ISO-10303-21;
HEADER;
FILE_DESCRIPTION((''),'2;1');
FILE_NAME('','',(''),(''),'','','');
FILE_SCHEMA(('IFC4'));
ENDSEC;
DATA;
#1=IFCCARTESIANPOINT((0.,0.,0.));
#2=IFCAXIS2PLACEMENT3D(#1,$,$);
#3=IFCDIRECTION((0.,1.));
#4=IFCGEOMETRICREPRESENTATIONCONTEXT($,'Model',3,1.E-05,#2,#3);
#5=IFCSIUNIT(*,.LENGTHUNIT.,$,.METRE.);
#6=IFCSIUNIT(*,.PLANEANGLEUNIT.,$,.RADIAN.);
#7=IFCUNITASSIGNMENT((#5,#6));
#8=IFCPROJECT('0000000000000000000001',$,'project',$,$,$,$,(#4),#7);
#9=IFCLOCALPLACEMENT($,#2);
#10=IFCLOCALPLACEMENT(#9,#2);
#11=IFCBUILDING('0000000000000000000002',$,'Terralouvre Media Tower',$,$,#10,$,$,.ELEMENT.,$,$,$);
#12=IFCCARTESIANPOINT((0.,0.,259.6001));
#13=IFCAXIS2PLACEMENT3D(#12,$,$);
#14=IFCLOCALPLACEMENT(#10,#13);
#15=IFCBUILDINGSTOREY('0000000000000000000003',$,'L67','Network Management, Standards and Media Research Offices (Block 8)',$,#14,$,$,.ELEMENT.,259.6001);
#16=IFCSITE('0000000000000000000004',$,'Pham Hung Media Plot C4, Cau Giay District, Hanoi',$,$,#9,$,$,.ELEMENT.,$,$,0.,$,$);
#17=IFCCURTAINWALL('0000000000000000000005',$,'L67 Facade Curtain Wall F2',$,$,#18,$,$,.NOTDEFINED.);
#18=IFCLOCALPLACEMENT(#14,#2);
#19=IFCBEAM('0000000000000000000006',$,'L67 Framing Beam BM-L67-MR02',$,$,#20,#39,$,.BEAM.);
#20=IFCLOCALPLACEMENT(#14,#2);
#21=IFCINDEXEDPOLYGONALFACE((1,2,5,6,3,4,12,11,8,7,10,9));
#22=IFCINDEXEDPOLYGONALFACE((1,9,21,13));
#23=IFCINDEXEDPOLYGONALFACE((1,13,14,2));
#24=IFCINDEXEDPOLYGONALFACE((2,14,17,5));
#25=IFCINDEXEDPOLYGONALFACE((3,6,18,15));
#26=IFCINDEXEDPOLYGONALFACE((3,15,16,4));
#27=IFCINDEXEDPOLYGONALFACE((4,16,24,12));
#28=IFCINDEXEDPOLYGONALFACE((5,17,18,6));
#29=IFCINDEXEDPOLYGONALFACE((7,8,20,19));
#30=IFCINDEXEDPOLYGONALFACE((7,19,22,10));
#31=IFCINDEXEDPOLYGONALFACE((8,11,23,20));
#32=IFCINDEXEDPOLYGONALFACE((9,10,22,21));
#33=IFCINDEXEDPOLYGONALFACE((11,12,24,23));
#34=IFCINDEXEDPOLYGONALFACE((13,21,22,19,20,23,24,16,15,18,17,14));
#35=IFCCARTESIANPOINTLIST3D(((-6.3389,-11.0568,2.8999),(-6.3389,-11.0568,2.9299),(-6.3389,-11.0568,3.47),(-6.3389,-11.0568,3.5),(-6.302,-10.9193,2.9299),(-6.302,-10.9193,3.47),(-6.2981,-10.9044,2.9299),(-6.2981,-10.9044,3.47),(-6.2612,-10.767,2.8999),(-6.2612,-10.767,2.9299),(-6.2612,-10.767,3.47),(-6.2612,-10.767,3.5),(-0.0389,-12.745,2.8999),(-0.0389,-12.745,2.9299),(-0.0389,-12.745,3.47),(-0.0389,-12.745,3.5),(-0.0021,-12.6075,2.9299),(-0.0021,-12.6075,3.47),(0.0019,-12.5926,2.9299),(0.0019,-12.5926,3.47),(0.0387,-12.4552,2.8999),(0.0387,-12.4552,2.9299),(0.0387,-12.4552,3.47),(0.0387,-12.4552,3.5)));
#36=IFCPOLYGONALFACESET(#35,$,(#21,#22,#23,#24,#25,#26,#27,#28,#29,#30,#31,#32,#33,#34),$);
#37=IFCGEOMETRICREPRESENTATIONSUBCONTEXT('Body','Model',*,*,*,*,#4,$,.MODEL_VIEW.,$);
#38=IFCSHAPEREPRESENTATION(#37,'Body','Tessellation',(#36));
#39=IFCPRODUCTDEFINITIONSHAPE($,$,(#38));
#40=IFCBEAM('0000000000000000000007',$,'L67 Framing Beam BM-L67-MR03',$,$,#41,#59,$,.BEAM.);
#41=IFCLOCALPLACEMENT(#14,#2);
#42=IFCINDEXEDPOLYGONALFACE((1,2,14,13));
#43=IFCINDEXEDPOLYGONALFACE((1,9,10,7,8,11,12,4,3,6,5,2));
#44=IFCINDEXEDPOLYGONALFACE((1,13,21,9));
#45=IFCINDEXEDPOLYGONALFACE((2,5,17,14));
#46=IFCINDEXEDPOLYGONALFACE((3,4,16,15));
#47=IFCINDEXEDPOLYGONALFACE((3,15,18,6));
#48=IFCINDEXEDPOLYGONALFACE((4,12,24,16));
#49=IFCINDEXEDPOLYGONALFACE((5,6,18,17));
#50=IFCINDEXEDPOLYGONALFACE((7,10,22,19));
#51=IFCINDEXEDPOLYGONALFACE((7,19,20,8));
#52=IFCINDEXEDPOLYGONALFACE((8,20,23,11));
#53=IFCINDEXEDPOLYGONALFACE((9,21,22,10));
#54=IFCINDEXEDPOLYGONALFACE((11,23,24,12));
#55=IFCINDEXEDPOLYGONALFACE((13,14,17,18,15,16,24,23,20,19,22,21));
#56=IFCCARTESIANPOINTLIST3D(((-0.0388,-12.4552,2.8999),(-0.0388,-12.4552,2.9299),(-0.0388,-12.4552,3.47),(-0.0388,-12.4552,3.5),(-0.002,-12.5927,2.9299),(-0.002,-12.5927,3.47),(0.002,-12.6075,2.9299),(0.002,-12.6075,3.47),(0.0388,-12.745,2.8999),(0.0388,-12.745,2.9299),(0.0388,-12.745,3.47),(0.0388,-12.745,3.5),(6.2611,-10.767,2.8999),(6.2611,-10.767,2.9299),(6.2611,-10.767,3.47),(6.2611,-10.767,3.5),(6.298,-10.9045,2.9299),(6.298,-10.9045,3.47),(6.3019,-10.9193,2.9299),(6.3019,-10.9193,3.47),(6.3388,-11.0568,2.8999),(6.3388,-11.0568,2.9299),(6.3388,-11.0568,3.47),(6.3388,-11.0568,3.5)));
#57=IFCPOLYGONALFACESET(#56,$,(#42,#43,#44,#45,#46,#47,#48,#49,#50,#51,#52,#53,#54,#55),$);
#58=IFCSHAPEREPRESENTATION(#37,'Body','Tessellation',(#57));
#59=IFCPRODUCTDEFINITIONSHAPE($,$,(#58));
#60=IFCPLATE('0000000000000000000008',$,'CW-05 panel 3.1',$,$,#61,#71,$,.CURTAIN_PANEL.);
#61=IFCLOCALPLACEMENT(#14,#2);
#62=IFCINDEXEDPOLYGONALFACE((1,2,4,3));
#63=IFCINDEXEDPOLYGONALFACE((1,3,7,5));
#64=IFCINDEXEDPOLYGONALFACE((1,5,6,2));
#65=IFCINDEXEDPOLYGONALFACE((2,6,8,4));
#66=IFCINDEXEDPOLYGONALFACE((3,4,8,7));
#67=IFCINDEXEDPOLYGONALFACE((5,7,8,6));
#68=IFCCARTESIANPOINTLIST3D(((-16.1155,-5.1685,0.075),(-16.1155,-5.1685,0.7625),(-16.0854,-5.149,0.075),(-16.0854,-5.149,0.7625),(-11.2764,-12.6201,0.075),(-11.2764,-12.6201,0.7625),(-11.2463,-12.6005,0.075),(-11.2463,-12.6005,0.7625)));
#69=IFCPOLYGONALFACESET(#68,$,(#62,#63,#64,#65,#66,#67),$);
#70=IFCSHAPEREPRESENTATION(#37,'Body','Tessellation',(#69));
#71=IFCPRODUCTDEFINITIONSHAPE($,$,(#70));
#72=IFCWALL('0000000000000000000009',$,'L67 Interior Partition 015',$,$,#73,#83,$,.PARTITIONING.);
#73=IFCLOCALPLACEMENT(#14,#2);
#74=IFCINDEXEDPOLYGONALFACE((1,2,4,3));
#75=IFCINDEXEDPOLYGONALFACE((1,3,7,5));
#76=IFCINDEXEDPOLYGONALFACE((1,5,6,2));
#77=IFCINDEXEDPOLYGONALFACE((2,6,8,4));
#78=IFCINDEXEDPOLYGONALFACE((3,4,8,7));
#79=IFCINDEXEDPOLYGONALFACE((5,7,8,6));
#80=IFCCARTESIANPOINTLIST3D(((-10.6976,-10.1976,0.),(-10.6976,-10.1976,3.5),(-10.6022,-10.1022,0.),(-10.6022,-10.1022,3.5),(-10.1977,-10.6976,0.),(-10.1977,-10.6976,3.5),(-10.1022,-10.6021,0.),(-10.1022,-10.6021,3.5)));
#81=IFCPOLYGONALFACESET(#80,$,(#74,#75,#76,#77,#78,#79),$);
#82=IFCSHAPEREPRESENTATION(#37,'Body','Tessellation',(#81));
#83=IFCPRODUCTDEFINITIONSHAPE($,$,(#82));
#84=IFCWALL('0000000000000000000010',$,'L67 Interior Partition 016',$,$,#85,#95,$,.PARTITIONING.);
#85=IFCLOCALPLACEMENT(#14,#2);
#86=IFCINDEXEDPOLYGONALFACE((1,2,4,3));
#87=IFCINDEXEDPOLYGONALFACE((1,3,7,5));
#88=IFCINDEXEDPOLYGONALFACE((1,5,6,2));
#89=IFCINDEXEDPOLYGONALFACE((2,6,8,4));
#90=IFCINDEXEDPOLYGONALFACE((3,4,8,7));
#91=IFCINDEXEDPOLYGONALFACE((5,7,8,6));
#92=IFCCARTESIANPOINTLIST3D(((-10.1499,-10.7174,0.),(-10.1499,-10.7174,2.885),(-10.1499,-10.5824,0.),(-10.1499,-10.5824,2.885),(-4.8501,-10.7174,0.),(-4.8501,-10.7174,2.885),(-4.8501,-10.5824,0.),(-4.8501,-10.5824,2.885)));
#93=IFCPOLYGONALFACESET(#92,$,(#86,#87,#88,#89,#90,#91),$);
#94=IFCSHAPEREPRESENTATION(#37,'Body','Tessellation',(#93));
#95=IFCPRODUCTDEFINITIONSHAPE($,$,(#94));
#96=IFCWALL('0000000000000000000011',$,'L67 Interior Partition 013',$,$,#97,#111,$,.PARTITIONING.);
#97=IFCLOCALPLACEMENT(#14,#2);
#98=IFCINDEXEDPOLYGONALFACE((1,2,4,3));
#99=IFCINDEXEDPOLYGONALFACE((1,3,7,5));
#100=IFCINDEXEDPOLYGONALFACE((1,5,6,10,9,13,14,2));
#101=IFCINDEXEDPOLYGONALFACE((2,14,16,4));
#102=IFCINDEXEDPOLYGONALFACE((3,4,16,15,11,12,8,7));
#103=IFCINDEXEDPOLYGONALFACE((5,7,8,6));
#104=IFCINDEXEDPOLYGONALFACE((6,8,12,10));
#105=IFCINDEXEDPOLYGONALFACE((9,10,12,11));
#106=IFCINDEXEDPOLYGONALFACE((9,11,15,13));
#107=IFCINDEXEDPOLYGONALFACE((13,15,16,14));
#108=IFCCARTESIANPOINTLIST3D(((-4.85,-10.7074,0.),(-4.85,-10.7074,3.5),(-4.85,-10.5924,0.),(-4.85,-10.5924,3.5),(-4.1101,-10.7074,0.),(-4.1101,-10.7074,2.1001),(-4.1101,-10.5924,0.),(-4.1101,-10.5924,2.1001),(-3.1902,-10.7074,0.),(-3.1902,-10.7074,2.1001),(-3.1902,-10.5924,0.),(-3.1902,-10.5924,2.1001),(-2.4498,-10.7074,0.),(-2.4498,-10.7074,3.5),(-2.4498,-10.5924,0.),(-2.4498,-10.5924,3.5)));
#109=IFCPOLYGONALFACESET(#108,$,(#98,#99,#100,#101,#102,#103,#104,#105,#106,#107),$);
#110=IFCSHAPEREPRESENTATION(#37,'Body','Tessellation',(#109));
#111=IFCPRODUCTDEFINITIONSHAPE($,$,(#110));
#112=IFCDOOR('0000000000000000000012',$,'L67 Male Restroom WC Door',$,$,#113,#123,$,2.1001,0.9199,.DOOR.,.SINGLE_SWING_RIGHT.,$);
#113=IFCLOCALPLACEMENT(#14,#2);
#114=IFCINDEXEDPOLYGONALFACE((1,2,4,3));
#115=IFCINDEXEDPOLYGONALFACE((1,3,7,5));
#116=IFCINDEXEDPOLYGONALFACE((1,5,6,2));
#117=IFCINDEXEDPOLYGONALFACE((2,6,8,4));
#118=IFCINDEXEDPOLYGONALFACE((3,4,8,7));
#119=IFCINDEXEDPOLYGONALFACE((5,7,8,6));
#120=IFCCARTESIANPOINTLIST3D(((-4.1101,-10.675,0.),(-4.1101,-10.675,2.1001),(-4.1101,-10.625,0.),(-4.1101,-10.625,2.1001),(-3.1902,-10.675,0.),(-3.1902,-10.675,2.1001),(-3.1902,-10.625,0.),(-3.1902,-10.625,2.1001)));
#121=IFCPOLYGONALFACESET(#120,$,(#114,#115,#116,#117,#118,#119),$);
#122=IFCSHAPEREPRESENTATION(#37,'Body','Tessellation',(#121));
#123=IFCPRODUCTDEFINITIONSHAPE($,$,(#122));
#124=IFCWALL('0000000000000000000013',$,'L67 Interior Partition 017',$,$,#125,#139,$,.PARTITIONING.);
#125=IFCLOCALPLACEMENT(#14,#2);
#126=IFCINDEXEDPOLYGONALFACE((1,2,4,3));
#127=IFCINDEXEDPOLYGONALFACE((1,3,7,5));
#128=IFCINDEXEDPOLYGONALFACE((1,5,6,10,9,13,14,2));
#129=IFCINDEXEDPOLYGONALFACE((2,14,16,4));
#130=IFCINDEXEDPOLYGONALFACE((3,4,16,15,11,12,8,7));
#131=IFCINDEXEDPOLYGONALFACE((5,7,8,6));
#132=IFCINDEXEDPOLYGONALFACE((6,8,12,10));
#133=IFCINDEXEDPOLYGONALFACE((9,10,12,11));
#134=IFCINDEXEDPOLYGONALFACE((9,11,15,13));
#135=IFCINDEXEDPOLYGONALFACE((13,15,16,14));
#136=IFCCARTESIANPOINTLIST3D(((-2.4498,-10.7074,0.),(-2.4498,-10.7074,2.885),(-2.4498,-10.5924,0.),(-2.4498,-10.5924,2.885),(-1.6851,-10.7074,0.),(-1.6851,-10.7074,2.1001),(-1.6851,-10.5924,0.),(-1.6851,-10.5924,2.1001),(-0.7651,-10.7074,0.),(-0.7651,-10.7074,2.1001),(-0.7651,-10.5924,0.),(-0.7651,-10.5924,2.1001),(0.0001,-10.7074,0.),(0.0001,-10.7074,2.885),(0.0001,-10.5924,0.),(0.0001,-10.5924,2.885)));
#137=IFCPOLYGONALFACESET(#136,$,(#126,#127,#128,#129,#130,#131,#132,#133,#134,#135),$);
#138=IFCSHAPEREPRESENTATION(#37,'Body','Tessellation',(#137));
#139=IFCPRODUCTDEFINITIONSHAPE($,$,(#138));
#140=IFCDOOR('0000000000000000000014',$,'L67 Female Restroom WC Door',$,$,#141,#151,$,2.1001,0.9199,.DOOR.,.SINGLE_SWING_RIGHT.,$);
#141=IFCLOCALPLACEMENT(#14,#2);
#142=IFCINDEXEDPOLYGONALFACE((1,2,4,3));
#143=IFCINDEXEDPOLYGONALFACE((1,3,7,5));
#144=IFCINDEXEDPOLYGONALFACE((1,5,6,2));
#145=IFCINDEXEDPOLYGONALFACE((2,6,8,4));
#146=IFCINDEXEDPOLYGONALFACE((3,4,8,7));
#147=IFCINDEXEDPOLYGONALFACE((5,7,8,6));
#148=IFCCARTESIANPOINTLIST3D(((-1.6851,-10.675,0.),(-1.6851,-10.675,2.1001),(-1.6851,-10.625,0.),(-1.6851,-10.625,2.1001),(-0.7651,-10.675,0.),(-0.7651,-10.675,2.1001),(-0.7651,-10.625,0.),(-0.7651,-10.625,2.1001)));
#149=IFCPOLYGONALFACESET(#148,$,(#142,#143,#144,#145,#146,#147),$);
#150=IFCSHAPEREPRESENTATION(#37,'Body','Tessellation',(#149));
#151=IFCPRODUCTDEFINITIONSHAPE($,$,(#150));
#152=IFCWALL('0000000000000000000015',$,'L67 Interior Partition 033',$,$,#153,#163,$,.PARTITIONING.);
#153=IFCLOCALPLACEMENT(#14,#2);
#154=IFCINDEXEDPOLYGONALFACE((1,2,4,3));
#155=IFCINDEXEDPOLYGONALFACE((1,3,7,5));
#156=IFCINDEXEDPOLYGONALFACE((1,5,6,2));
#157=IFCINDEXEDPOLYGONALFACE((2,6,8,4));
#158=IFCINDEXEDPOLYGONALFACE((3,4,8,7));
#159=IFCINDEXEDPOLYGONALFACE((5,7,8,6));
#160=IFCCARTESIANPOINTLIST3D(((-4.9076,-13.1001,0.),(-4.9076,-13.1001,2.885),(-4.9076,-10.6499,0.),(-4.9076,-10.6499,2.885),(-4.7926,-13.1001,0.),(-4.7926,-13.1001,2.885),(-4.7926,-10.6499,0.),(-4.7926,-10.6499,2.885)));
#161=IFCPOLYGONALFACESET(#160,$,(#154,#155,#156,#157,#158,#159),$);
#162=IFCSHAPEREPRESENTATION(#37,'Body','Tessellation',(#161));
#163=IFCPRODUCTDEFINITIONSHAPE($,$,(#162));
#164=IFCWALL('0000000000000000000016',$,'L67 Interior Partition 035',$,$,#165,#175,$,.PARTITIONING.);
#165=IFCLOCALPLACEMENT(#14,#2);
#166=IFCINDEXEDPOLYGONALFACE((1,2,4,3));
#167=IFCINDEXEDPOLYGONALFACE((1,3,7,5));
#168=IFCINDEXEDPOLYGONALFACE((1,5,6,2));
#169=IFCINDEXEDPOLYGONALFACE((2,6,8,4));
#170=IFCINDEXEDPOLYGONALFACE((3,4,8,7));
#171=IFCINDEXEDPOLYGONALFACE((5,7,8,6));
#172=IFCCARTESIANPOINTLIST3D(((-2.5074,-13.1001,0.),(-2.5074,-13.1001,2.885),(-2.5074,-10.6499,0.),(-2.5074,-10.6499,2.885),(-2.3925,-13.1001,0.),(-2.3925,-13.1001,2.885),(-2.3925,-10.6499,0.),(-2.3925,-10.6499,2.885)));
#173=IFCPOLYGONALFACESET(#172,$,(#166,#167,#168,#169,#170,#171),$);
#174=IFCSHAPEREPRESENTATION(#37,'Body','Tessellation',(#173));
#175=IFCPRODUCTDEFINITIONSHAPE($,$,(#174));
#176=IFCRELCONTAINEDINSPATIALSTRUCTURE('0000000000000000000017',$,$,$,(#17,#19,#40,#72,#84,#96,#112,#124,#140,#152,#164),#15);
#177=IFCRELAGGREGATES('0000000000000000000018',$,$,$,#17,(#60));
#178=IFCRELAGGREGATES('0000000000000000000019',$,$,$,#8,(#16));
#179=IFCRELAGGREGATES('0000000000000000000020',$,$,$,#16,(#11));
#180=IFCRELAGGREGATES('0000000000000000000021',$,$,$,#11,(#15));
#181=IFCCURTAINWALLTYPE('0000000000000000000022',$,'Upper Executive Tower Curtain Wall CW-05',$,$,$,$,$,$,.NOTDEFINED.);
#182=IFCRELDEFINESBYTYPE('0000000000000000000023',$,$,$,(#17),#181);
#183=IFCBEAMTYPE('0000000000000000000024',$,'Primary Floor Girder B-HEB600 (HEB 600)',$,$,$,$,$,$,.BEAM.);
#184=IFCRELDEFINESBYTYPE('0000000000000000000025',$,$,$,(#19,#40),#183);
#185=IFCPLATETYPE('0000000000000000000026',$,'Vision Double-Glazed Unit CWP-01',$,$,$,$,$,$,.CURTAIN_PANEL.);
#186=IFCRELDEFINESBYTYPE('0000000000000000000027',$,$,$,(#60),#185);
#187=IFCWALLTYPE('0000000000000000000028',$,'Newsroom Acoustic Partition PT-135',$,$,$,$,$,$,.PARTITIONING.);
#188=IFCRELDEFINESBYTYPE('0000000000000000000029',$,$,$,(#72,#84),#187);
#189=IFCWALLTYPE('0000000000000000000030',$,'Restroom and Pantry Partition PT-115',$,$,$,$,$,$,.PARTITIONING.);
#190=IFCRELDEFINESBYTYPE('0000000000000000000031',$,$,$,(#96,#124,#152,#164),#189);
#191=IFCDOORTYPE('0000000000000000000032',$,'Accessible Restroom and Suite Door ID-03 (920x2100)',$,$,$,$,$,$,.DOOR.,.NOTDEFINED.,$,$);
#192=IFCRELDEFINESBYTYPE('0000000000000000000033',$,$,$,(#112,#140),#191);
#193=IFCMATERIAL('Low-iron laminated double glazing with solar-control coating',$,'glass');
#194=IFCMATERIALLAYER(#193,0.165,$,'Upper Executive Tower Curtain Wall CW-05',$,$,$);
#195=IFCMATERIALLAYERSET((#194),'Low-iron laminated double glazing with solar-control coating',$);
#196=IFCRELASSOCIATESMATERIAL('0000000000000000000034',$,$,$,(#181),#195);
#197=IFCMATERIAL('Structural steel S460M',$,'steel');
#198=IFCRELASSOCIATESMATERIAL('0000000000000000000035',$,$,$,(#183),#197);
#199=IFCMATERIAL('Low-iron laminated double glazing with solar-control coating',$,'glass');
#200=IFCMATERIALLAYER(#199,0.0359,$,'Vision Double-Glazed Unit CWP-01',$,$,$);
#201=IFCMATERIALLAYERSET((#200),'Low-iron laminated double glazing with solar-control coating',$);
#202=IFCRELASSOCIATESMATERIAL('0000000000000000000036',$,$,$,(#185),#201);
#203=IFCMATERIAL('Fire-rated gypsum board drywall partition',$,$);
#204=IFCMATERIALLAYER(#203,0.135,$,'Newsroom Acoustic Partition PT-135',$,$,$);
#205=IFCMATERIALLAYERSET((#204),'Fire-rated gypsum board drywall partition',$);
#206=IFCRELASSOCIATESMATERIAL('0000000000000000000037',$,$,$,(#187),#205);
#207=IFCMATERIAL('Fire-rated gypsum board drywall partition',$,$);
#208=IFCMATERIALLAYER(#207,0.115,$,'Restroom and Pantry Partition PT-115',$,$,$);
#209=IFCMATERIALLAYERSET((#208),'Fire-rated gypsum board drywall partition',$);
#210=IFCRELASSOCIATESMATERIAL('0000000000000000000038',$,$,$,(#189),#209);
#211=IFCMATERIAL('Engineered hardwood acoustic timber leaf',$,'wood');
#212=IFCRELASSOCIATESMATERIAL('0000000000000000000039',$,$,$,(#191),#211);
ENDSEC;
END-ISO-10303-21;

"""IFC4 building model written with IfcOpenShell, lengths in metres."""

from ifc_helpers import new_model, si_unit, direction, frame, frame_2d, origin, origin_2d, place, context, subcontext, project, spatial, rectangle, i_section, extrude, material, layer, layer_set, material_profile, profile_set, type_object, element, fill, aggregate, save


model = new_model("IFC4")

# Units and contexts
model_context = context("Model", 3, precision=1e-05, world=origin(), true_north=direction((0.0, 1.0)))
body_context = subcontext(model_context, "Body", "Model", "MODEL_VIEW")
ifc_project = project(units=[si_unit("LENGTHUNIT", "METRE"), si_unit("PLANEANGLEUNIT", "RADIAN")], contexts=[model_context])

# Site, building, storey
site_placement = place(None, origin())
site = spatial("IfcSite", under=ifc_project, at=site_placement, Name="Pham Hung Media Plot C4, Cau Giay District, Hanoi", CompositionType="ELEMENT", RefElevation=0.0)
building_placement = place(site_placement, origin())
building = spatial("IfcBuilding", under=site, at=building_placement, Name="Terralouvre Media Tower", CompositionType="ELEMENT")
storey_placement = place(building_placement, frame((0.0, 0.0, 259.6001)))
storey = spatial("IfcBuildingStorey", under=building, at=storey_placement, Name="L67", Description="Network Management, Standards and Media Research Offices (Block 8)", CompositionType="ELEMENT", Elevation=259.6001)

# Curtain wall
ifc_material_1 = material(Name="Low-iron laminated double glazing with solar-control coating", Category="glass")
ifc_layer_1 = layer(ifc_material_1, 0.165, Name="Upper Executive Tower Curtain Wall CW-05")
ifc_layer_set_1 = layer_set([ifc_layer_1], Name="Low-iron laminated double glazing with solar-control coating")
curtain_wall_type = type_object("IfcCurtainWallType", Name="Upper Executive Tower Curtain Wall CW-05", PredefinedType="NOTDEFINED", material=ifc_layer_set_1)
curtain_wall_placement = place(storey_placement, origin())
curtain_wall = element("IfcCurtainWall", 1, at=curtain_wall_placement, inside=storey, type_object=curtain_wall_type, Name="L67 Facade Curtain Wall F2", PredefinedType="NOTDEFINED")

# Beams
ifc_material_2 = material(Name="Structural steel S460M", Category="steel")
ifc_material_profile_1 = material_profile(ifc_material_2, i_section(OverallWidth=0.3, OverallDepth=0.6001, WebThickness=0.0154, FlangeThickness=0.03, at=origin_2d()), Name="HEB 600")
ifc_profile_set_1 = profile_set([ifc_material_profile_1], Name="Structural steel S460M")
beam_type_1 = type_object("IfcBeamType", Name="Primary Floor Girder B-HEB600 (HEB 600)", PredefinedType="BEAM", material=ifc_profile_set_1)
for number, where, z_axis, x_axis, name in (
    (2, (-6.3, -10.9119, 3.2), (0.96592, -0.258839, 0.0), (0.258839, 0.96592, 0.0), "L67 Framing Beam BM-L67-MR02"),
    (3, (0.0, -12.6001, 3.2), (0.96592, 0.258839, 0.0), (-0.258839, 0.96592, 0.0), "L67 Framing Beam BM-L67-MR03"),
):
    element("IfcBeam", number, at=place(storey_placement, frame(where, z_axis=z_axis, x_axis=x_axis)), inside=storey, type_object=beam_type_1, Name=name, PredefinedType="BEAM", context=body_context, shape_type="SweptSolid", body=[
        extrude(i_section(OverallWidth=0.3, OverallDepth=0.6001, WebThickness=0.0154, FlangeThickness=0.03, at=origin_2d()), origin(), (0.0, 0.0, 1.0), 6.5222),
    ])

# Plate
ifc_material_3 = material(Name="Low-iron laminated double glazing with solar-control coating", Category="glass")
ifc_layer_2 = layer(ifc_material_3, 0.0359, Name="Vision Double-Glazed Unit CWP-01")
ifc_layer_set_2 = layer_set([ifc_layer_2], Name="Low-iron laminated double glazing with solar-control coating")
plate_type = type_object("IfcPlateType", Name="Vision Double-Glazed Unit CWP-01", PredefinedType="CURTAIN_PANEL", material=ifc_layer_set_2)
plate_placement = place(storey_placement, frame((-13.6809, -8.8845, 0.075), z_axis=(0.0, 0.0, 1.0), x_axis=(0.544639, -0.838671, 0.0)))
plate = element("IfcPlate", 4, at=plate_placement, type_object=plate_type, Name="CW-05 panel 3.1", PredefinedType="CURTAIN_PANEL", context=body_context, shape_type="SweptSolid", body=[
    extrude(rectangle(XDim=8.885, YDim=0.0359, at=origin_2d()), origin(), (0.0, 0.0, 1.0), 0.6875),
])
aggregate(curtain_wall, [plate])

# Walls
ifc_material_4 = material(Name="Fire-rated gypsum board drywall partition")
ifc_layer_3 = layer(ifc_material_4, 0.135, Name="Newsroom Acoustic Partition PT-135")
ifc_layer_set_3 = layer_set([ifc_layer_3], Name="Fire-rated gypsum board drywall partition")
wall_type_1 = type_object("IfcWallType", Name="Newsroom Acoustic Partition PT-135", PredefinedType="PARTITIONING", material=ifc_layer_set_3)
wall_1_placement = place(storey_placement, frame((-10.6499, -10.1499, 0.0), z_axis=(0.0, 0.0, 1.0), x_axis=(0.707107, -0.707107, 0.0)))
element("IfcWall", 5, at=wall_1_placement, inside=storey, type_object=wall_type_1, Name="L67 Interior Partition 015", PredefinedType="PARTITIONING", context=body_context, shape_type="SweptSolid", body=[
    extrude(rectangle(XDim=0.707, YDim=0.135, at=frame_2d((0.3535, 0.0))), origin(), (0.0, 0.0, 1.0), 3.5),
])
wall_2_placement = place(storey_placement, frame((-10.1499, -10.6499, 0.0), z_axis=(0.0, 0.0, 1.0), x_axis=(1.0, 0.0, 0.0)))
element("IfcWall", 6, at=wall_2_placement, inside=storey, type_object=wall_type_1, Name="L67 Interior Partition 016", PredefinedType="PARTITIONING", context=body_context, shape_type="SweptSolid", body=[
    extrude(rectangle(XDim=5.2998, YDim=0.135, at=frame_2d((2.6499, 0.0))), origin(), (0.0, 0.0, 1.0), 2.885),
])

# Walls, openings, doors
ifc_material_5 = material(Name="Fire-rated gypsum board drywall partition")
ifc_layer_4 = layer(ifc_material_5, 0.115, Name="Restroom and Pantry Partition PT-115")
ifc_layer_set_4 = layer_set([ifc_layer_4], Name="Fire-rated gypsum board drywall partition")
wall_type_2 = type_object("IfcWallType", Name="Restroom and Pantry Partition PT-115", PredefinedType="PARTITIONING", material=ifc_layer_set_4)
wall_3_placement = place(storey_placement, frame((-4.8501, -10.6499, 0.0), z_axis=(0.0, 0.0, 1.0), x_axis=(1.0, 0.0, 0.0)))
wall_3 = element("IfcWall", 7, at=wall_3_placement, inside=storey, type_object=wall_type_2, Name="L67 Interior Partition 013", PredefinedType="PARTITIONING", context=body_context, shape_type="SweptSolid", body=[
    extrude(rectangle(XDim=2.4001, YDim=0.115, at=frame_2d((1.2002, 0.0))), origin(), (0.0, 0.0, 1.0), 3.5),
])
opening_1_placement = place(wall_3_placement, frame((0.74, 0.0, 0.0)))
opening_1 = element("IfcOpeningElement", 8, at=opening_1_placement, cuts=wall_3, PredefinedType="OPENING", context=body_context, shape_type="SweptSolid", body=[
    extrude(rectangle(XDim=0.9199, YDim=2.1001, at=frame_2d((0.46, 1.05))), frame((0.0, 0.0674, 0.0), z_axis=(0.0, -1.0, 0.0), x_axis=(1.0, 0.0, 0.0)), (0.0, 0.0, 1.0), 0.135),
])
ifc_material_6 = material(Name="Engineered hardwood acoustic timber leaf", Category="wood")
door_type = type_object("IfcDoorType", Name="Accessible Restroom and Suite Door ID-03 (920x2100)", OperationType="NOTDEFINED", PredefinedType="DOOR", material=ifc_material_6)
door_1_placement = place(opening_1_placement, origin())
door_1 = element("IfcDoor", 9, at=door_1_placement, inside=storey, type_object=door_type, Name="L67 Male Restroom WC Door", OperationType="SINGLE_SWING_RIGHT", OverallHeight=2.1001, OverallWidth=0.9199, PredefinedType="DOOR", context=body_context, shape_type="SweptSolid", body=[
    extrude(rectangle(XDim=0.9199, YDim=2.1001, at=frame_2d((0.46, 1.05))), frame((0.0, 0.0249, 0.0), z_axis=(0.0, -1.0, 0.0), x_axis=(1.0, 0.0, 0.0)), (0.0, 0.0, 1.0), 0.05),
])
fill(opening_1, door_1)
wall_4_placement = place(storey_placement, frame((-2.45, -10.6499, 0.0), z_axis=(0.0, 0.0, 1.0), x_axis=(1.0, 0.0, 0.0)))
wall_4 = element("IfcWall", 10, at=wall_4_placement, inside=storey, type_object=wall_type_2, Name="L67 Interior Partition 017", PredefinedType="PARTITIONING", context=body_context, shape_type="SweptSolid", body=[
    extrude(rectangle(XDim=2.45, YDim=0.115, at=frame_2d((1.2251, 0.0))), origin(), (0.0, 0.0, 1.0), 2.885),
])
opening_2_placement = place(wall_4_placement, frame((0.7649, 0.0, 0.0)))
opening_2 = element("IfcOpeningElement", 11, at=opening_2_placement, cuts=wall_4, PredefinedType="OPENING", context=body_context, shape_type="SweptSolid", body=[
    extrude(rectangle(XDim=0.9199, YDim=2.1001, at=frame_2d((0.46, 1.05))), frame((0.0, 0.0674, 0.0), z_axis=(0.0, -1.0, 0.0), x_axis=(1.0, 0.0, 0.0)), (0.0, 0.0, 1.0), 0.135),
])
door_2_placement = place(opening_2_placement, origin())
door_2 = element("IfcDoor", 12, at=door_2_placement, inside=storey, type_object=door_type, Name="L67 Female Restroom WC Door", OperationType="SINGLE_SWING_RIGHT", OverallHeight=2.1001, OverallWidth=0.9199, PredefinedType="DOOR", context=body_context, shape_type="SweptSolid", body=[
    extrude(rectangle(XDim=0.9199, YDim=2.1001, at=frame_2d((0.46, 1.05))), frame((0.0, 0.0249, 0.0), z_axis=(0.0, -1.0, 0.0), x_axis=(1.0, 0.0, 0.0)), (0.0, 0.0, 1.0), 0.05),
])
fill(opening_2, door_2)

# Walls
for number, where, z_axis, x_axis, name in (
    (13, (-4.8501, -10.6499, 0.0), (0.0, 0.0, 1.0), (0.0, -1.0, 0.0), "L67 Interior Partition 033"),
    (14, (-2.45, -13.1001, 0.0), (0.0, 0.0, 1.0), (0.0, 1.0, 0.0), "L67 Interior Partition 035"),
):
    element("IfcWall", number, at=place(storey_placement, frame(where, z_axis=z_axis, x_axis=x_axis)), inside=storey, type_object=wall_type_2, Name=name, PredefinedType="PARTITIONING", context=body_context, shape_type="SweptSolid", body=[
        extrude(rectangle(XDim=2.4502, YDim=0.115, at=frame_2d((1.2251, 0.0))), origin(), (0.0, 0.0, 1.0), 2.885),
    ])

save(model, "model.ifc")
